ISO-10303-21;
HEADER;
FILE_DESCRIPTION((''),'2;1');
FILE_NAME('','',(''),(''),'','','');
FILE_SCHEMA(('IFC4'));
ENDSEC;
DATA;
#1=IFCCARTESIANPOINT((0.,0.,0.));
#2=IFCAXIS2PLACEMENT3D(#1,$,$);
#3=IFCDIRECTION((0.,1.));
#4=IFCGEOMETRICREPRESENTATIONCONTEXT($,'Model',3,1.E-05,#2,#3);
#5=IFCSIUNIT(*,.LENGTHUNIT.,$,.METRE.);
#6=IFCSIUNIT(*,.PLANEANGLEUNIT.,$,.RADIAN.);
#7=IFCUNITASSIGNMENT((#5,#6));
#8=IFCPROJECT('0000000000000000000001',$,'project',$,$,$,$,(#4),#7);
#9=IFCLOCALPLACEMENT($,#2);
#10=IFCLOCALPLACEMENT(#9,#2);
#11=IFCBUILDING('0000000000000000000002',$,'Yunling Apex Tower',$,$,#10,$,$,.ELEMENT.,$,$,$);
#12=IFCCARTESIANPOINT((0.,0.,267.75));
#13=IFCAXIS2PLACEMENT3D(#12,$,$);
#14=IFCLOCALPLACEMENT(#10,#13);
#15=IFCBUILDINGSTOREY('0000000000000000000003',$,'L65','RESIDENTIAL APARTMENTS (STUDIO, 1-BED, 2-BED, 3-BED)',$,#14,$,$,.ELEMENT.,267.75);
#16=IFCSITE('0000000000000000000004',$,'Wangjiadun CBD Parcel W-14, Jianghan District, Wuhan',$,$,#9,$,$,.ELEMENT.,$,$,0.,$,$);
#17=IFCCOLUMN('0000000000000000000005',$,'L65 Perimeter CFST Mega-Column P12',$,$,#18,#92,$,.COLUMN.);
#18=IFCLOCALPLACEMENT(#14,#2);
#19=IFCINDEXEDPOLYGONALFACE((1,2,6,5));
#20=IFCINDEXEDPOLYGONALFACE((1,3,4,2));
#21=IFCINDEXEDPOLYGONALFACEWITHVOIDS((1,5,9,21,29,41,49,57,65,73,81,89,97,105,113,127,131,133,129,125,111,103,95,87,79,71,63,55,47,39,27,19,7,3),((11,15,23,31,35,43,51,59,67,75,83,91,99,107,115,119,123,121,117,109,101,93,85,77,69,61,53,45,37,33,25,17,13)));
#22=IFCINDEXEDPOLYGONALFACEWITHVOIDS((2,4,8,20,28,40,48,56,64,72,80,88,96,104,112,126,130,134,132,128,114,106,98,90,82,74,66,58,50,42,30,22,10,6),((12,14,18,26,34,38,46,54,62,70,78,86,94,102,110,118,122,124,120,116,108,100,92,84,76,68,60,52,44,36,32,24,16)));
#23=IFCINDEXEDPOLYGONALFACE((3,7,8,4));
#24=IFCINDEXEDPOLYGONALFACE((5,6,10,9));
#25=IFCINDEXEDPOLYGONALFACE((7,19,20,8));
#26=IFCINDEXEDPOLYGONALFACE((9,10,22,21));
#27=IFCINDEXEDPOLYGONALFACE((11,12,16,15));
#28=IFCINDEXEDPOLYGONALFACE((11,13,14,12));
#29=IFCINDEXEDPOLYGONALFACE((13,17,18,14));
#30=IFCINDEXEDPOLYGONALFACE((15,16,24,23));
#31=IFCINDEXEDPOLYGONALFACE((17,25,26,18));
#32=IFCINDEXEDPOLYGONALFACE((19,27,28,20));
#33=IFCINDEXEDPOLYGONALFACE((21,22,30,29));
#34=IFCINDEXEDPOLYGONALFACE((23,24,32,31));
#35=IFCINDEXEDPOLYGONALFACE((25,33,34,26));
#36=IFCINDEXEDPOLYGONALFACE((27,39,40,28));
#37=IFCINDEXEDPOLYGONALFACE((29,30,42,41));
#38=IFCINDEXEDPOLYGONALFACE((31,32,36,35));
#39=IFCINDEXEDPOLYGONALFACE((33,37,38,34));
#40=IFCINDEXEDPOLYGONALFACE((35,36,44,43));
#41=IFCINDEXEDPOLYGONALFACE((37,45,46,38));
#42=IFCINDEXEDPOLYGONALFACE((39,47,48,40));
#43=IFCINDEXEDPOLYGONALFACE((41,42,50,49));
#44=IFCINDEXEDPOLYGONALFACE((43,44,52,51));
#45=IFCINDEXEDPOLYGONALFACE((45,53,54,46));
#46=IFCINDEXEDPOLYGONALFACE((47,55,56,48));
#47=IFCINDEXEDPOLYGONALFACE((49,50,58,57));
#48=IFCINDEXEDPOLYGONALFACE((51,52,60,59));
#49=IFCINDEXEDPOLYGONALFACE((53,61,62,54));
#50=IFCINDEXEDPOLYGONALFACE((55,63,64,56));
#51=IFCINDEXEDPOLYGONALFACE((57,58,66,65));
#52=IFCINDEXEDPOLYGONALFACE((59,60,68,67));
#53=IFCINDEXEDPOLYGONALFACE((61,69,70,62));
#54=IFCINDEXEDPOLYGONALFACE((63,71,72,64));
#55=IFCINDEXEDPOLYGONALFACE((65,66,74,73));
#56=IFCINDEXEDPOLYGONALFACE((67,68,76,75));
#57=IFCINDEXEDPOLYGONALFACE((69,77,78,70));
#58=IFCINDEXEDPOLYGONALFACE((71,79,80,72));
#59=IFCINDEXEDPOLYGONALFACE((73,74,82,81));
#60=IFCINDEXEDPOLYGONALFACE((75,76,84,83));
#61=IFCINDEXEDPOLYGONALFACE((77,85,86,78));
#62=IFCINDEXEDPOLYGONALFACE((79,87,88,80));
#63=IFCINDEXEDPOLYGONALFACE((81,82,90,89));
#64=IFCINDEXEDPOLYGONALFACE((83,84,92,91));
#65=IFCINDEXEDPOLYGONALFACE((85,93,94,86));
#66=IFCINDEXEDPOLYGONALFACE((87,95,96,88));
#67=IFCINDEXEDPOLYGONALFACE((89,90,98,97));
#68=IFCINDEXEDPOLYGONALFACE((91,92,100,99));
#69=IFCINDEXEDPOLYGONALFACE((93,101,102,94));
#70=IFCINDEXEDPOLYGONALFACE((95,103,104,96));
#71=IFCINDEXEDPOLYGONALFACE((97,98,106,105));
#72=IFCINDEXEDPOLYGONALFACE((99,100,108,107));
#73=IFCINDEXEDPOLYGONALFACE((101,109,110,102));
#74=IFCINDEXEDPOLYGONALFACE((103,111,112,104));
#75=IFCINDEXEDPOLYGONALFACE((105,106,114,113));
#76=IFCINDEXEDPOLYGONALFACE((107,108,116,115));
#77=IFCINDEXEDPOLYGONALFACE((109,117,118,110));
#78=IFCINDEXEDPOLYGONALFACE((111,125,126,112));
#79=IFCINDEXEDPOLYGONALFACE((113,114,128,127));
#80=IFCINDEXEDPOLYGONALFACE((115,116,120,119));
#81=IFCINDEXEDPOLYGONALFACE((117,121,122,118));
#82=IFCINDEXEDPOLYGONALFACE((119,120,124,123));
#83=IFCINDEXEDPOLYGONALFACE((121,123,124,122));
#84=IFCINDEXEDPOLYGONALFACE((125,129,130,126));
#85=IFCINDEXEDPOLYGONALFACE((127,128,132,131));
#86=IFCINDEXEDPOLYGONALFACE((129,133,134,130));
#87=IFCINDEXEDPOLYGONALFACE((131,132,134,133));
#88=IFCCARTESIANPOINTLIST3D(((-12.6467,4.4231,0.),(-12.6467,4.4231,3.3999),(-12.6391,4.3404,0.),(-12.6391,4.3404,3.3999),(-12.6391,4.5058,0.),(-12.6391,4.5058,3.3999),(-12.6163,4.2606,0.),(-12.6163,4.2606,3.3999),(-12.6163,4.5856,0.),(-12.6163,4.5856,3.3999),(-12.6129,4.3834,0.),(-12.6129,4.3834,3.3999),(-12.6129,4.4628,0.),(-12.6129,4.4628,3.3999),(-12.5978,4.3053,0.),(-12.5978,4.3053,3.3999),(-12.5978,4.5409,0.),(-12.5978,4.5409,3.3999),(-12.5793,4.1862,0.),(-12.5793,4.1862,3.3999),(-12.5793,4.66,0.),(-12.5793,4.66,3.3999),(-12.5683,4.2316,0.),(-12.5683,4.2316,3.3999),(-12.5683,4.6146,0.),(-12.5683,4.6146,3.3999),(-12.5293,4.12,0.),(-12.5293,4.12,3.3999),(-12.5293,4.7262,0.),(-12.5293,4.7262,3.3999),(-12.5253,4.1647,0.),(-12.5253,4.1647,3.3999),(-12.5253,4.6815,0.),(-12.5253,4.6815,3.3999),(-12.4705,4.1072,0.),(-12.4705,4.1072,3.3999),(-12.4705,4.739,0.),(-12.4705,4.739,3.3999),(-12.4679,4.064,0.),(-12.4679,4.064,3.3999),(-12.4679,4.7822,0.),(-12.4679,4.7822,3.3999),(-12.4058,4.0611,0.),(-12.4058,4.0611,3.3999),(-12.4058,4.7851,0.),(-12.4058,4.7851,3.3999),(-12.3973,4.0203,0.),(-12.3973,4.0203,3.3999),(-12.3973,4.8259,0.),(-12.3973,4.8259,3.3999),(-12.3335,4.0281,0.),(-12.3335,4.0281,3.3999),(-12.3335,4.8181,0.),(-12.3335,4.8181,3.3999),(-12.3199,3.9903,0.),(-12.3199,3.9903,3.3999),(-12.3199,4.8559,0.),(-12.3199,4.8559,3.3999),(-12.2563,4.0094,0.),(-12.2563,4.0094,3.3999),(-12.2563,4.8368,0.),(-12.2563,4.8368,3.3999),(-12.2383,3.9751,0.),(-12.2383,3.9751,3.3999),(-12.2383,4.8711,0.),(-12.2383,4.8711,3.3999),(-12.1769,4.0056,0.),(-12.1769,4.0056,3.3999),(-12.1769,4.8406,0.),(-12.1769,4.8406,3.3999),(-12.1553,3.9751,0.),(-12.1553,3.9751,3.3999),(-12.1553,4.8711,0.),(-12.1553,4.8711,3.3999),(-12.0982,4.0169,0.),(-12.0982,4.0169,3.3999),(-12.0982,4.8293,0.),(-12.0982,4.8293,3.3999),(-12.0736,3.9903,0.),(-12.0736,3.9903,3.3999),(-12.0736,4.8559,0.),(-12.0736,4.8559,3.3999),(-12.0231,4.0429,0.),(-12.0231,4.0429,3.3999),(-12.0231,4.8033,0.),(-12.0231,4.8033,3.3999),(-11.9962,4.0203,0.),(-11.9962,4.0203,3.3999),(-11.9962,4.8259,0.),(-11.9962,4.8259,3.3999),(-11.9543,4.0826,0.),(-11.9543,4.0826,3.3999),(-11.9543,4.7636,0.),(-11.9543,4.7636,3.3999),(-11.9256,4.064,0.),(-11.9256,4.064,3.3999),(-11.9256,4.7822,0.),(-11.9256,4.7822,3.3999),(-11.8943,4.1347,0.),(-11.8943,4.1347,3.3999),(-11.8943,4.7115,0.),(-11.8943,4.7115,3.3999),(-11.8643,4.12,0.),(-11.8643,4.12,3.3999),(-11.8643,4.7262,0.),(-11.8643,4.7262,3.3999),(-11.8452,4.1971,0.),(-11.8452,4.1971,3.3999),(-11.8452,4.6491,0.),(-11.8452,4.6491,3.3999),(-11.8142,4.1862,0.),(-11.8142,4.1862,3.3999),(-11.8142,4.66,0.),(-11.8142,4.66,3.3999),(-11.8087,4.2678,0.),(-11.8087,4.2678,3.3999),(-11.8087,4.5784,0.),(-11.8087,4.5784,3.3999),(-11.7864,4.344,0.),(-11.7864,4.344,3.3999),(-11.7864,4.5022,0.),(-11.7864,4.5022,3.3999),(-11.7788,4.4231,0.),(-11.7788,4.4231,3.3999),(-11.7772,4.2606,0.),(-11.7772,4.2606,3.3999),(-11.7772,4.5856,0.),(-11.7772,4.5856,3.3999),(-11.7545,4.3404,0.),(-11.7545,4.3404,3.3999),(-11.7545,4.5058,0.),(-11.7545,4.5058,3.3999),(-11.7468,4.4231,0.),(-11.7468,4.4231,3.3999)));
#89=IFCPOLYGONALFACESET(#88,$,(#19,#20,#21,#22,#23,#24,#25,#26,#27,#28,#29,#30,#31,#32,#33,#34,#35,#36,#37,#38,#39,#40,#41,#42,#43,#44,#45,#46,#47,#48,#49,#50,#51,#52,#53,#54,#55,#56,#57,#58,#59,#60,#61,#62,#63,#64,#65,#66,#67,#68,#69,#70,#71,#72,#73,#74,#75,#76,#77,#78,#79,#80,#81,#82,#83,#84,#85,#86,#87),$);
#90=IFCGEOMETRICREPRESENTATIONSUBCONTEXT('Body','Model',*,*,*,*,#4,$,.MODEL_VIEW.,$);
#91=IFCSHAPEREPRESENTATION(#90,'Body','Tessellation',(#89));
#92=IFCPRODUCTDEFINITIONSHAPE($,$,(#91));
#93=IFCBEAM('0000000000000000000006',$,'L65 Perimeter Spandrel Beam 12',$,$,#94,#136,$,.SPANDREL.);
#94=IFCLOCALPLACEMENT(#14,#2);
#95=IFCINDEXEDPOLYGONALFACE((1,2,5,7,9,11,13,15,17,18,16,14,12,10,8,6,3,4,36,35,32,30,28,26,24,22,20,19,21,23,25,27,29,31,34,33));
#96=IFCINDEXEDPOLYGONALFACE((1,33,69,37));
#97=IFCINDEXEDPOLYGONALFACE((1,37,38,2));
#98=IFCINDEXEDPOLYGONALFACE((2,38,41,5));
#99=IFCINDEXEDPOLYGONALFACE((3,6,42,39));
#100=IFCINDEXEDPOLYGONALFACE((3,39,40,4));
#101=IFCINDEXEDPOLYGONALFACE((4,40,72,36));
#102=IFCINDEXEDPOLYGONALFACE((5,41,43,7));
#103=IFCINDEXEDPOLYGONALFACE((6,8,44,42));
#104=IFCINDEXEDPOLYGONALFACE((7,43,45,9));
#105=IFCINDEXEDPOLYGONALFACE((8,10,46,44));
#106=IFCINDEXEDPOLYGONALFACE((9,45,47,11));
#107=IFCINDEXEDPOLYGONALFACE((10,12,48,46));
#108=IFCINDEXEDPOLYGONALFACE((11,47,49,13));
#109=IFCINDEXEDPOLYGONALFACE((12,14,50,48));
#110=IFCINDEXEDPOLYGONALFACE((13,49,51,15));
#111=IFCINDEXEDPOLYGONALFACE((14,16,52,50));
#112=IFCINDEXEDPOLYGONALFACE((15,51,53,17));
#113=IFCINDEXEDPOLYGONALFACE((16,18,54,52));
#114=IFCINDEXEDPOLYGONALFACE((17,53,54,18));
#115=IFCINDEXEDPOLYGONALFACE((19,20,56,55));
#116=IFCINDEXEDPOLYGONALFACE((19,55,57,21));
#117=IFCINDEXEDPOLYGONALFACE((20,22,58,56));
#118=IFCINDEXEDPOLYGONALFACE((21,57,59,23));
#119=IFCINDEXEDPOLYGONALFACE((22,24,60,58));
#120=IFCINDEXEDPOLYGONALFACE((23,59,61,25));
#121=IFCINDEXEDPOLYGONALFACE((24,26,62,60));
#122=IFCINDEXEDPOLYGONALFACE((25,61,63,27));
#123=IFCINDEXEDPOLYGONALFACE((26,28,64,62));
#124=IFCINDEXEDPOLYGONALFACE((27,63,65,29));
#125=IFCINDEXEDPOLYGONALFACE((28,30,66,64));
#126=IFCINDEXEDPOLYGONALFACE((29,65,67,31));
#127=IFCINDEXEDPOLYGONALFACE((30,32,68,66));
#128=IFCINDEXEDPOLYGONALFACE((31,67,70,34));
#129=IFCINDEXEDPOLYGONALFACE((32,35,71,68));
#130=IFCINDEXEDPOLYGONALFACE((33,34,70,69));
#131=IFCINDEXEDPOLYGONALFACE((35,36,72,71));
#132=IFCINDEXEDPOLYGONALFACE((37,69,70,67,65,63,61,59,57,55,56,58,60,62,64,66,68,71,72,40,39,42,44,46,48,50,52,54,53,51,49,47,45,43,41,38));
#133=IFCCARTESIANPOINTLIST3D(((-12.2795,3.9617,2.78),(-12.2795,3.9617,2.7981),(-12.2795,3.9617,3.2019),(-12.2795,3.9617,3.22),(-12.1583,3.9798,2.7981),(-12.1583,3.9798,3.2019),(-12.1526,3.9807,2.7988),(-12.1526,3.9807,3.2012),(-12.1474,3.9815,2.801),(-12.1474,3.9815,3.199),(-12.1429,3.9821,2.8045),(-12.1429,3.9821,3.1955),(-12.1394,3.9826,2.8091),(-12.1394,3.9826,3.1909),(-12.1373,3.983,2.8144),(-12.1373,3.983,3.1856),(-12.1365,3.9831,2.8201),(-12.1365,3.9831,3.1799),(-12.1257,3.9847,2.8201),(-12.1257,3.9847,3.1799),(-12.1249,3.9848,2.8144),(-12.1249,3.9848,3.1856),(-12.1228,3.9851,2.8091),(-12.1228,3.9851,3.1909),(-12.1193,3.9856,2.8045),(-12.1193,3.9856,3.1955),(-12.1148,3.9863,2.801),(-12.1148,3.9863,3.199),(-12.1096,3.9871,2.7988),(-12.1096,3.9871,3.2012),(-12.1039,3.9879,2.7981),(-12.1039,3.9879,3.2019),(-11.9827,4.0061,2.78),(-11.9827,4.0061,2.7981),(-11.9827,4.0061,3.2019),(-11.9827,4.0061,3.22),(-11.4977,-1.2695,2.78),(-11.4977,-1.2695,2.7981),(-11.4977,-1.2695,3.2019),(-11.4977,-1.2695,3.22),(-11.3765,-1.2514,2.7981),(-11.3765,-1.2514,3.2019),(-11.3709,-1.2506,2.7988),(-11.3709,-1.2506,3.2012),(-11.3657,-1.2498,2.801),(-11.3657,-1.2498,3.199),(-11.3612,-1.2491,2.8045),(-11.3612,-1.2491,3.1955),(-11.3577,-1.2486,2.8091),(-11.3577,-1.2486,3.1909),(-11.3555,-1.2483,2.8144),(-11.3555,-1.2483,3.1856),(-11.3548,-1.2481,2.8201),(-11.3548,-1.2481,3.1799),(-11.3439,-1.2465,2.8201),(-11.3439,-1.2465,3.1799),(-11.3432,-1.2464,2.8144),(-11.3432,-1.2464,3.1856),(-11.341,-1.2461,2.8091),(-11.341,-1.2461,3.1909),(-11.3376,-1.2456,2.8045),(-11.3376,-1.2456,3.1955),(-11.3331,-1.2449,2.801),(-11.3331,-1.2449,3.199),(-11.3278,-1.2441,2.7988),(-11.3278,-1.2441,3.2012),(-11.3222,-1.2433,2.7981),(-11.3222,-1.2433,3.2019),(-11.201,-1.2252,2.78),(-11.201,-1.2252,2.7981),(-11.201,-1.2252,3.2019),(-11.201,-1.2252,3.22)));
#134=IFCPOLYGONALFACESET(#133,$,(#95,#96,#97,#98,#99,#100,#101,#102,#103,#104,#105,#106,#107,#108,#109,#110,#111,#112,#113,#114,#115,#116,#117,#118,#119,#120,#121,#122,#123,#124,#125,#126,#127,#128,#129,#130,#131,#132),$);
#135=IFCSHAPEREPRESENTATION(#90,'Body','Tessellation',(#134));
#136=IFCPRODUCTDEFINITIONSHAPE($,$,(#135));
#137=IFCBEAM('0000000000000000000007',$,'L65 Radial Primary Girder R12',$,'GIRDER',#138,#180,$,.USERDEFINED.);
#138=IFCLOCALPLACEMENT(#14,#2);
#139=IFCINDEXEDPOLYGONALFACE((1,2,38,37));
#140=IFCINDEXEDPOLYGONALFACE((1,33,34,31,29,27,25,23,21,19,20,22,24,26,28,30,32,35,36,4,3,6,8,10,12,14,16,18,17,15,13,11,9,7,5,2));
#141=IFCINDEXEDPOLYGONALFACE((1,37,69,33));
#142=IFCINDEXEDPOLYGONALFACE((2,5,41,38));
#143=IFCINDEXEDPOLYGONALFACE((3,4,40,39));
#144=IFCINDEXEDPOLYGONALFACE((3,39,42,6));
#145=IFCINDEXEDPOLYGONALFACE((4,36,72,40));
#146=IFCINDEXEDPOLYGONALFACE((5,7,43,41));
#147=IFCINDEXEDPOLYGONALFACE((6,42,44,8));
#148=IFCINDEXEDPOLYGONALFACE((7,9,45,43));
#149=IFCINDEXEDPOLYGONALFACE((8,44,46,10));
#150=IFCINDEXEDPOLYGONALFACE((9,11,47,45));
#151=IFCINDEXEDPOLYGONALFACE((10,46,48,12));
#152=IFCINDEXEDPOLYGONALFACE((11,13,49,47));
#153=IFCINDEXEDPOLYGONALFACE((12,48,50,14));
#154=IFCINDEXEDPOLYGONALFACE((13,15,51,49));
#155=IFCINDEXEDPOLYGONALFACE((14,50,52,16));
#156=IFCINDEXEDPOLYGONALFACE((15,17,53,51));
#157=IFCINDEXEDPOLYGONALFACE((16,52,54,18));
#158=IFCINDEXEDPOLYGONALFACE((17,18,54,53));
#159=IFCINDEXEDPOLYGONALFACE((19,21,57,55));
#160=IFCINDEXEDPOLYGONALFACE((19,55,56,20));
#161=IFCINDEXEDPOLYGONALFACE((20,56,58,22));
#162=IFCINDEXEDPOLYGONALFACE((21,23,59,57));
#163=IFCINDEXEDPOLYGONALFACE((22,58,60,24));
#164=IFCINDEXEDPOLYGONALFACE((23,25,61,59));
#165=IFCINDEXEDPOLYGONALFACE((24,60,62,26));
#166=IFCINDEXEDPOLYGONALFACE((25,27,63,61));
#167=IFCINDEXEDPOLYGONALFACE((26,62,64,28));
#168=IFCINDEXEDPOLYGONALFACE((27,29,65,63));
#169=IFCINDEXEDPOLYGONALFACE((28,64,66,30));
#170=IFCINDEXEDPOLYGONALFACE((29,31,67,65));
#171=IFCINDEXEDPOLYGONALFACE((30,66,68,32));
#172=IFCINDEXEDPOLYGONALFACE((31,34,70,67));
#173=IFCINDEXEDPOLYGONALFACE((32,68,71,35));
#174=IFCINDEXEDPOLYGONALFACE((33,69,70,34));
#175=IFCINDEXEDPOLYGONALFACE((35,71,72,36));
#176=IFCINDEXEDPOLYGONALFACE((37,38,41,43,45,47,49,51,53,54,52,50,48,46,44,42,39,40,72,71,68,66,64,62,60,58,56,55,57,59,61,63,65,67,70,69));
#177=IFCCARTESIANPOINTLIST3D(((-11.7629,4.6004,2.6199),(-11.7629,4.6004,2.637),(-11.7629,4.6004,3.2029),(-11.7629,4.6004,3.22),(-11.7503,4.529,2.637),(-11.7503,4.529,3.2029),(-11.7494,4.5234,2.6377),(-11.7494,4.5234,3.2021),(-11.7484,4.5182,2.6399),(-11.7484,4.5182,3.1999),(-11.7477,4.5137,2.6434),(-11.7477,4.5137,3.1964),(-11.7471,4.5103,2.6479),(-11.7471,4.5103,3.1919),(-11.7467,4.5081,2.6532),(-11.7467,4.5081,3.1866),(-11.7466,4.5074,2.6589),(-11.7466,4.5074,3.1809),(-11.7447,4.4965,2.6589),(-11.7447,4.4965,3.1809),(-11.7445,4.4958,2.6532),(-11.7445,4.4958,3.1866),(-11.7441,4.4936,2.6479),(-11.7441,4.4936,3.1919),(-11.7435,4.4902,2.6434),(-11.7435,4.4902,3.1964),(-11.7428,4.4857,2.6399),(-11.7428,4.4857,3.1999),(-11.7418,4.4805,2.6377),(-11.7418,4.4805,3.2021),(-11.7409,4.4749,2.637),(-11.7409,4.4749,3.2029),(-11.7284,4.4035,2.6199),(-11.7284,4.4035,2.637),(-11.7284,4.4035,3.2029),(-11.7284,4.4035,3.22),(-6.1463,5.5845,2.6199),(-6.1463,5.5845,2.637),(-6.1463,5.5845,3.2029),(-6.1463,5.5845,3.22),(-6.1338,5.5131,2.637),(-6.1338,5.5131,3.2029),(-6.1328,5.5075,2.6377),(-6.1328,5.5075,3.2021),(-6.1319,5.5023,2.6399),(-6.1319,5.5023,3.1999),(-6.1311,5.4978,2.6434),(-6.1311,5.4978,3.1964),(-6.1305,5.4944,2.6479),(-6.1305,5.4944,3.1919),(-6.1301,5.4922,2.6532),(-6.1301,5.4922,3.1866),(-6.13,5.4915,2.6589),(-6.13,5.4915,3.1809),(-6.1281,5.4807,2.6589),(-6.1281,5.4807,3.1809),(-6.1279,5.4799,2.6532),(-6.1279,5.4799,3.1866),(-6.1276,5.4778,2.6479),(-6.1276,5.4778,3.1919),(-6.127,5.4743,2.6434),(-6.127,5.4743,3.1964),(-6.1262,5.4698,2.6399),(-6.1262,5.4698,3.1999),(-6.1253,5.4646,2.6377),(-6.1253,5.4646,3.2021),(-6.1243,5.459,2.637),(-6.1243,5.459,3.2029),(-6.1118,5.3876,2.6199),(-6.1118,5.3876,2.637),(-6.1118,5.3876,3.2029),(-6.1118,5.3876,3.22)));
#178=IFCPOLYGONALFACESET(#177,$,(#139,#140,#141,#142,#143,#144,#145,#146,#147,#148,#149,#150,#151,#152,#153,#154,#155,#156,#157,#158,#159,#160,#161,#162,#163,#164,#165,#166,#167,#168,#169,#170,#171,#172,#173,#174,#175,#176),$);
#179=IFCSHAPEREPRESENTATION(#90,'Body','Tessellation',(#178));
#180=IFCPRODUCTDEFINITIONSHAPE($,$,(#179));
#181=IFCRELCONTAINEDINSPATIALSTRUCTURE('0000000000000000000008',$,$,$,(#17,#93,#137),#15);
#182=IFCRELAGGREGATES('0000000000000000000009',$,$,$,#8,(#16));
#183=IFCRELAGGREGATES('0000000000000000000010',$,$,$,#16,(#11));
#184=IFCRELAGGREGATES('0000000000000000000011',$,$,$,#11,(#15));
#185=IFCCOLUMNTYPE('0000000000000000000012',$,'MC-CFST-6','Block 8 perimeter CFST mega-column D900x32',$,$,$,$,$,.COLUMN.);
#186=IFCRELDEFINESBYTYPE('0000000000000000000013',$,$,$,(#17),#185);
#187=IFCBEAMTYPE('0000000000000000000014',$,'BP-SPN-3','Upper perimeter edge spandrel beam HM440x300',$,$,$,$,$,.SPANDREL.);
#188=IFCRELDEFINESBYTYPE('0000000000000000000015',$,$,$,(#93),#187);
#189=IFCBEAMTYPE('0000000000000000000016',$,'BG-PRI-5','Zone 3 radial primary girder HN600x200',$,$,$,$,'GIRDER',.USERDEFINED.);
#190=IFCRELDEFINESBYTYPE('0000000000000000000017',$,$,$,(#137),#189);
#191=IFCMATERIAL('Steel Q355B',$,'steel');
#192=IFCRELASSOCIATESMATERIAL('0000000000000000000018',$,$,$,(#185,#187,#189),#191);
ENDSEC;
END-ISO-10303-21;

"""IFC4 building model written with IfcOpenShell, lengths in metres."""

from ifc_helpers import new_model, si_unit, direction, frame, origin, origin_2d, place, context, subcontext, project, spatial, hollow_circle, i_section, extrude, source, transform, mapped, material, material_profile, profile_set, type_object, element, save


model = new_model("IFC4")

# Units and contexts
model_context = context("Model", 3, precision=1e-05, world=origin(), true_north=direction((0.0, 1.0)))
body_context = subcontext(model_context, "Body", "Model", "MODEL_VIEW")
ifc_project = project(units=[si_unit("LENGTHUNIT", "METRE"), si_unit("PLANEANGLEUNIT", "RADIAN")], contexts=[model_context])

# Site, building, storey
site_placement = place(None, origin())
site = spatial("IfcSite", under=ifc_project, at=site_placement, Name="Wangjiadun CBD Parcel W-14, Jianghan District, Wuhan", CompositionType="ELEMENT", RefElevation=0.0)
building_placement = place(site_placement, origin())
building = spatial("IfcBuilding", under=site, at=building_placement, Name="Yunling Apex Tower", CompositionType="ELEMENT")
storey_placement = place(building_placement, frame((0.0, 0.0, 267.75)))
storey = spatial("IfcBuildingStorey", under=building, at=storey_placement, Name="L65", Description="RESIDENTIAL APARTMENTS (STUDIO, 1-BED, 2-BED, 3-BED)", CompositionType="ELEMENT", Elevation=267.75)

# Column
ifc_material_1 = material(Name="Steel Q355B", Category="steel")
ifc_material_profile_1 = material_profile(ifc_material_1, hollow_circle(Radius=0.45, WallThickness=0.032, at=origin_2d()))
ifc_profile_set_1 = profile_set([ifc_material_profile_1], Name="Steel Q355B")
column_type = type_object("IfcColumnType", Name="MC-CFST-6", Description="Block 8 perimeter CFST mega-column D900x32", PredefinedType="COLUMN", material=ifc_profile_set_1)
shared_shape_1 = source(origin(), body_context, "Body", "SweptSolid", [
    extrude(hollow_circle(Radius=0.45, WallThickness=0.032, at=origin_2d()), origin(), (0.0, 0.0, 1.0), 3.3999),
])
column_placement = place(storey_placement, frame((-12.1968, 4.4231, 0.0), z_axis=(0.0, 0.0, 1.0), x_axis=(1.0, 0.0, 0.0)))
element("IfcColumn", 1, at=column_placement, inside=storey, type_object=column_type, Name="L65 Perimeter CFST Mega-Column P12", PredefinedType="COLUMN", context=body_context, shape_type="MappedRepresentation", body=[
    mapped(shared_shape_1, transform((0.0, 0.0, 0.0), scale=1.0)),
])

# Beams
ifc_material_profile_2 = material_profile(ifc_material_1, i_section(OverallWidth=0.3, OverallDepth=0.4399, WebThickness=0.011, FlangeThickness=0.0181, FilletRadius=0.022, at=origin_2d()))
ifc_profile_set_2 = profile_set([ifc_material_profile_2], Name="Steel Q355B")
beam_type_1 = type_object("IfcBeamType", Name="BP-SPN-3", Description="Upper perimeter edge spandrel beam HM440x300", PredefinedType="SPANDREL", material=ifc_profile_set_2)
shared_shape_2 = source(origin(), body_context, "Body", "SweptSolid", [
    extrude(i_section(OverallWidth=0.3, OverallDepth=0.4399, WebThickness=0.011, FlangeThickness=0.0181, FilletRadius=0.022, at=origin_2d()), origin(), (0.0, 0.0, 1.0), 5.2893),
])
beam_1_placement = place(storey_placement, frame((-12.1311, 3.9839, 3.0), z_axis=(0.147796, -0.989018, 0.0), x_axis=(0.989018, 0.147796, 0.0)))
element("IfcBeam", 2, at=beam_1_placement, inside=storey, type_object=beam_type_1, Name="L65 Perimeter Spandrel Beam 12", PredefinedType="SPANDREL", context=body_context, shape_type="MappedRepresentation", body=[
    mapped(shared_shape_2, transform((0.0, 0.0, 0.0), scale=1.0)),
])
ifc_material_profile_3 = material_profile(ifc_material_1, i_section(OverallWidth=0.2, OverallDepth=0.6001, WebThickness=0.011, FlangeThickness=0.0171, FilletRadius=0.022, at=origin_2d()))
ifc_profile_set_3 = profile_set([ifc_material_profile_3], Name="Steel Q355B")
beam_type_2 = type_object("IfcBeamType", Name="BG-PRI-5", Description="Zone 3 radial primary girder HN600x200", ElementType="GIRDER", PredefinedType="USERDEFINED", material=ifc_profile_set_3)
shared_shape_3 = source(origin(), body_context, "Body", "SweptSolid", [
    extrude(i_section(OverallWidth=0.2, OverallDepth=0.6001, WebThickness=0.011, FlangeThickness=0.0171, FilletRadius=0.022, at=origin_2d()), origin(), (0.0, 0.0, 1.0), 5.7021),
])
beam_2_placement = place(storey_placement, frame((-11.7456, 4.502, 2.9199), z_axis=(0.984994, 0.172586, 0.0), x_axis=(-0.172586, 0.984994, 0.0)))
element("IfcBeam", 3, at=beam_2_placement, inside=storey, type_object=beam_type_2, Name="L65 Radial Primary Girder R12", ObjectType="GIRDER", PredefinedType="USERDEFINED", context=body_context, shape_type="MappedRepresentation", body=[
    mapped(shared_shape_3, transform((0.0, 0.0, 0.0), scale=1.0)),
])

save(model, "model.ifc")
